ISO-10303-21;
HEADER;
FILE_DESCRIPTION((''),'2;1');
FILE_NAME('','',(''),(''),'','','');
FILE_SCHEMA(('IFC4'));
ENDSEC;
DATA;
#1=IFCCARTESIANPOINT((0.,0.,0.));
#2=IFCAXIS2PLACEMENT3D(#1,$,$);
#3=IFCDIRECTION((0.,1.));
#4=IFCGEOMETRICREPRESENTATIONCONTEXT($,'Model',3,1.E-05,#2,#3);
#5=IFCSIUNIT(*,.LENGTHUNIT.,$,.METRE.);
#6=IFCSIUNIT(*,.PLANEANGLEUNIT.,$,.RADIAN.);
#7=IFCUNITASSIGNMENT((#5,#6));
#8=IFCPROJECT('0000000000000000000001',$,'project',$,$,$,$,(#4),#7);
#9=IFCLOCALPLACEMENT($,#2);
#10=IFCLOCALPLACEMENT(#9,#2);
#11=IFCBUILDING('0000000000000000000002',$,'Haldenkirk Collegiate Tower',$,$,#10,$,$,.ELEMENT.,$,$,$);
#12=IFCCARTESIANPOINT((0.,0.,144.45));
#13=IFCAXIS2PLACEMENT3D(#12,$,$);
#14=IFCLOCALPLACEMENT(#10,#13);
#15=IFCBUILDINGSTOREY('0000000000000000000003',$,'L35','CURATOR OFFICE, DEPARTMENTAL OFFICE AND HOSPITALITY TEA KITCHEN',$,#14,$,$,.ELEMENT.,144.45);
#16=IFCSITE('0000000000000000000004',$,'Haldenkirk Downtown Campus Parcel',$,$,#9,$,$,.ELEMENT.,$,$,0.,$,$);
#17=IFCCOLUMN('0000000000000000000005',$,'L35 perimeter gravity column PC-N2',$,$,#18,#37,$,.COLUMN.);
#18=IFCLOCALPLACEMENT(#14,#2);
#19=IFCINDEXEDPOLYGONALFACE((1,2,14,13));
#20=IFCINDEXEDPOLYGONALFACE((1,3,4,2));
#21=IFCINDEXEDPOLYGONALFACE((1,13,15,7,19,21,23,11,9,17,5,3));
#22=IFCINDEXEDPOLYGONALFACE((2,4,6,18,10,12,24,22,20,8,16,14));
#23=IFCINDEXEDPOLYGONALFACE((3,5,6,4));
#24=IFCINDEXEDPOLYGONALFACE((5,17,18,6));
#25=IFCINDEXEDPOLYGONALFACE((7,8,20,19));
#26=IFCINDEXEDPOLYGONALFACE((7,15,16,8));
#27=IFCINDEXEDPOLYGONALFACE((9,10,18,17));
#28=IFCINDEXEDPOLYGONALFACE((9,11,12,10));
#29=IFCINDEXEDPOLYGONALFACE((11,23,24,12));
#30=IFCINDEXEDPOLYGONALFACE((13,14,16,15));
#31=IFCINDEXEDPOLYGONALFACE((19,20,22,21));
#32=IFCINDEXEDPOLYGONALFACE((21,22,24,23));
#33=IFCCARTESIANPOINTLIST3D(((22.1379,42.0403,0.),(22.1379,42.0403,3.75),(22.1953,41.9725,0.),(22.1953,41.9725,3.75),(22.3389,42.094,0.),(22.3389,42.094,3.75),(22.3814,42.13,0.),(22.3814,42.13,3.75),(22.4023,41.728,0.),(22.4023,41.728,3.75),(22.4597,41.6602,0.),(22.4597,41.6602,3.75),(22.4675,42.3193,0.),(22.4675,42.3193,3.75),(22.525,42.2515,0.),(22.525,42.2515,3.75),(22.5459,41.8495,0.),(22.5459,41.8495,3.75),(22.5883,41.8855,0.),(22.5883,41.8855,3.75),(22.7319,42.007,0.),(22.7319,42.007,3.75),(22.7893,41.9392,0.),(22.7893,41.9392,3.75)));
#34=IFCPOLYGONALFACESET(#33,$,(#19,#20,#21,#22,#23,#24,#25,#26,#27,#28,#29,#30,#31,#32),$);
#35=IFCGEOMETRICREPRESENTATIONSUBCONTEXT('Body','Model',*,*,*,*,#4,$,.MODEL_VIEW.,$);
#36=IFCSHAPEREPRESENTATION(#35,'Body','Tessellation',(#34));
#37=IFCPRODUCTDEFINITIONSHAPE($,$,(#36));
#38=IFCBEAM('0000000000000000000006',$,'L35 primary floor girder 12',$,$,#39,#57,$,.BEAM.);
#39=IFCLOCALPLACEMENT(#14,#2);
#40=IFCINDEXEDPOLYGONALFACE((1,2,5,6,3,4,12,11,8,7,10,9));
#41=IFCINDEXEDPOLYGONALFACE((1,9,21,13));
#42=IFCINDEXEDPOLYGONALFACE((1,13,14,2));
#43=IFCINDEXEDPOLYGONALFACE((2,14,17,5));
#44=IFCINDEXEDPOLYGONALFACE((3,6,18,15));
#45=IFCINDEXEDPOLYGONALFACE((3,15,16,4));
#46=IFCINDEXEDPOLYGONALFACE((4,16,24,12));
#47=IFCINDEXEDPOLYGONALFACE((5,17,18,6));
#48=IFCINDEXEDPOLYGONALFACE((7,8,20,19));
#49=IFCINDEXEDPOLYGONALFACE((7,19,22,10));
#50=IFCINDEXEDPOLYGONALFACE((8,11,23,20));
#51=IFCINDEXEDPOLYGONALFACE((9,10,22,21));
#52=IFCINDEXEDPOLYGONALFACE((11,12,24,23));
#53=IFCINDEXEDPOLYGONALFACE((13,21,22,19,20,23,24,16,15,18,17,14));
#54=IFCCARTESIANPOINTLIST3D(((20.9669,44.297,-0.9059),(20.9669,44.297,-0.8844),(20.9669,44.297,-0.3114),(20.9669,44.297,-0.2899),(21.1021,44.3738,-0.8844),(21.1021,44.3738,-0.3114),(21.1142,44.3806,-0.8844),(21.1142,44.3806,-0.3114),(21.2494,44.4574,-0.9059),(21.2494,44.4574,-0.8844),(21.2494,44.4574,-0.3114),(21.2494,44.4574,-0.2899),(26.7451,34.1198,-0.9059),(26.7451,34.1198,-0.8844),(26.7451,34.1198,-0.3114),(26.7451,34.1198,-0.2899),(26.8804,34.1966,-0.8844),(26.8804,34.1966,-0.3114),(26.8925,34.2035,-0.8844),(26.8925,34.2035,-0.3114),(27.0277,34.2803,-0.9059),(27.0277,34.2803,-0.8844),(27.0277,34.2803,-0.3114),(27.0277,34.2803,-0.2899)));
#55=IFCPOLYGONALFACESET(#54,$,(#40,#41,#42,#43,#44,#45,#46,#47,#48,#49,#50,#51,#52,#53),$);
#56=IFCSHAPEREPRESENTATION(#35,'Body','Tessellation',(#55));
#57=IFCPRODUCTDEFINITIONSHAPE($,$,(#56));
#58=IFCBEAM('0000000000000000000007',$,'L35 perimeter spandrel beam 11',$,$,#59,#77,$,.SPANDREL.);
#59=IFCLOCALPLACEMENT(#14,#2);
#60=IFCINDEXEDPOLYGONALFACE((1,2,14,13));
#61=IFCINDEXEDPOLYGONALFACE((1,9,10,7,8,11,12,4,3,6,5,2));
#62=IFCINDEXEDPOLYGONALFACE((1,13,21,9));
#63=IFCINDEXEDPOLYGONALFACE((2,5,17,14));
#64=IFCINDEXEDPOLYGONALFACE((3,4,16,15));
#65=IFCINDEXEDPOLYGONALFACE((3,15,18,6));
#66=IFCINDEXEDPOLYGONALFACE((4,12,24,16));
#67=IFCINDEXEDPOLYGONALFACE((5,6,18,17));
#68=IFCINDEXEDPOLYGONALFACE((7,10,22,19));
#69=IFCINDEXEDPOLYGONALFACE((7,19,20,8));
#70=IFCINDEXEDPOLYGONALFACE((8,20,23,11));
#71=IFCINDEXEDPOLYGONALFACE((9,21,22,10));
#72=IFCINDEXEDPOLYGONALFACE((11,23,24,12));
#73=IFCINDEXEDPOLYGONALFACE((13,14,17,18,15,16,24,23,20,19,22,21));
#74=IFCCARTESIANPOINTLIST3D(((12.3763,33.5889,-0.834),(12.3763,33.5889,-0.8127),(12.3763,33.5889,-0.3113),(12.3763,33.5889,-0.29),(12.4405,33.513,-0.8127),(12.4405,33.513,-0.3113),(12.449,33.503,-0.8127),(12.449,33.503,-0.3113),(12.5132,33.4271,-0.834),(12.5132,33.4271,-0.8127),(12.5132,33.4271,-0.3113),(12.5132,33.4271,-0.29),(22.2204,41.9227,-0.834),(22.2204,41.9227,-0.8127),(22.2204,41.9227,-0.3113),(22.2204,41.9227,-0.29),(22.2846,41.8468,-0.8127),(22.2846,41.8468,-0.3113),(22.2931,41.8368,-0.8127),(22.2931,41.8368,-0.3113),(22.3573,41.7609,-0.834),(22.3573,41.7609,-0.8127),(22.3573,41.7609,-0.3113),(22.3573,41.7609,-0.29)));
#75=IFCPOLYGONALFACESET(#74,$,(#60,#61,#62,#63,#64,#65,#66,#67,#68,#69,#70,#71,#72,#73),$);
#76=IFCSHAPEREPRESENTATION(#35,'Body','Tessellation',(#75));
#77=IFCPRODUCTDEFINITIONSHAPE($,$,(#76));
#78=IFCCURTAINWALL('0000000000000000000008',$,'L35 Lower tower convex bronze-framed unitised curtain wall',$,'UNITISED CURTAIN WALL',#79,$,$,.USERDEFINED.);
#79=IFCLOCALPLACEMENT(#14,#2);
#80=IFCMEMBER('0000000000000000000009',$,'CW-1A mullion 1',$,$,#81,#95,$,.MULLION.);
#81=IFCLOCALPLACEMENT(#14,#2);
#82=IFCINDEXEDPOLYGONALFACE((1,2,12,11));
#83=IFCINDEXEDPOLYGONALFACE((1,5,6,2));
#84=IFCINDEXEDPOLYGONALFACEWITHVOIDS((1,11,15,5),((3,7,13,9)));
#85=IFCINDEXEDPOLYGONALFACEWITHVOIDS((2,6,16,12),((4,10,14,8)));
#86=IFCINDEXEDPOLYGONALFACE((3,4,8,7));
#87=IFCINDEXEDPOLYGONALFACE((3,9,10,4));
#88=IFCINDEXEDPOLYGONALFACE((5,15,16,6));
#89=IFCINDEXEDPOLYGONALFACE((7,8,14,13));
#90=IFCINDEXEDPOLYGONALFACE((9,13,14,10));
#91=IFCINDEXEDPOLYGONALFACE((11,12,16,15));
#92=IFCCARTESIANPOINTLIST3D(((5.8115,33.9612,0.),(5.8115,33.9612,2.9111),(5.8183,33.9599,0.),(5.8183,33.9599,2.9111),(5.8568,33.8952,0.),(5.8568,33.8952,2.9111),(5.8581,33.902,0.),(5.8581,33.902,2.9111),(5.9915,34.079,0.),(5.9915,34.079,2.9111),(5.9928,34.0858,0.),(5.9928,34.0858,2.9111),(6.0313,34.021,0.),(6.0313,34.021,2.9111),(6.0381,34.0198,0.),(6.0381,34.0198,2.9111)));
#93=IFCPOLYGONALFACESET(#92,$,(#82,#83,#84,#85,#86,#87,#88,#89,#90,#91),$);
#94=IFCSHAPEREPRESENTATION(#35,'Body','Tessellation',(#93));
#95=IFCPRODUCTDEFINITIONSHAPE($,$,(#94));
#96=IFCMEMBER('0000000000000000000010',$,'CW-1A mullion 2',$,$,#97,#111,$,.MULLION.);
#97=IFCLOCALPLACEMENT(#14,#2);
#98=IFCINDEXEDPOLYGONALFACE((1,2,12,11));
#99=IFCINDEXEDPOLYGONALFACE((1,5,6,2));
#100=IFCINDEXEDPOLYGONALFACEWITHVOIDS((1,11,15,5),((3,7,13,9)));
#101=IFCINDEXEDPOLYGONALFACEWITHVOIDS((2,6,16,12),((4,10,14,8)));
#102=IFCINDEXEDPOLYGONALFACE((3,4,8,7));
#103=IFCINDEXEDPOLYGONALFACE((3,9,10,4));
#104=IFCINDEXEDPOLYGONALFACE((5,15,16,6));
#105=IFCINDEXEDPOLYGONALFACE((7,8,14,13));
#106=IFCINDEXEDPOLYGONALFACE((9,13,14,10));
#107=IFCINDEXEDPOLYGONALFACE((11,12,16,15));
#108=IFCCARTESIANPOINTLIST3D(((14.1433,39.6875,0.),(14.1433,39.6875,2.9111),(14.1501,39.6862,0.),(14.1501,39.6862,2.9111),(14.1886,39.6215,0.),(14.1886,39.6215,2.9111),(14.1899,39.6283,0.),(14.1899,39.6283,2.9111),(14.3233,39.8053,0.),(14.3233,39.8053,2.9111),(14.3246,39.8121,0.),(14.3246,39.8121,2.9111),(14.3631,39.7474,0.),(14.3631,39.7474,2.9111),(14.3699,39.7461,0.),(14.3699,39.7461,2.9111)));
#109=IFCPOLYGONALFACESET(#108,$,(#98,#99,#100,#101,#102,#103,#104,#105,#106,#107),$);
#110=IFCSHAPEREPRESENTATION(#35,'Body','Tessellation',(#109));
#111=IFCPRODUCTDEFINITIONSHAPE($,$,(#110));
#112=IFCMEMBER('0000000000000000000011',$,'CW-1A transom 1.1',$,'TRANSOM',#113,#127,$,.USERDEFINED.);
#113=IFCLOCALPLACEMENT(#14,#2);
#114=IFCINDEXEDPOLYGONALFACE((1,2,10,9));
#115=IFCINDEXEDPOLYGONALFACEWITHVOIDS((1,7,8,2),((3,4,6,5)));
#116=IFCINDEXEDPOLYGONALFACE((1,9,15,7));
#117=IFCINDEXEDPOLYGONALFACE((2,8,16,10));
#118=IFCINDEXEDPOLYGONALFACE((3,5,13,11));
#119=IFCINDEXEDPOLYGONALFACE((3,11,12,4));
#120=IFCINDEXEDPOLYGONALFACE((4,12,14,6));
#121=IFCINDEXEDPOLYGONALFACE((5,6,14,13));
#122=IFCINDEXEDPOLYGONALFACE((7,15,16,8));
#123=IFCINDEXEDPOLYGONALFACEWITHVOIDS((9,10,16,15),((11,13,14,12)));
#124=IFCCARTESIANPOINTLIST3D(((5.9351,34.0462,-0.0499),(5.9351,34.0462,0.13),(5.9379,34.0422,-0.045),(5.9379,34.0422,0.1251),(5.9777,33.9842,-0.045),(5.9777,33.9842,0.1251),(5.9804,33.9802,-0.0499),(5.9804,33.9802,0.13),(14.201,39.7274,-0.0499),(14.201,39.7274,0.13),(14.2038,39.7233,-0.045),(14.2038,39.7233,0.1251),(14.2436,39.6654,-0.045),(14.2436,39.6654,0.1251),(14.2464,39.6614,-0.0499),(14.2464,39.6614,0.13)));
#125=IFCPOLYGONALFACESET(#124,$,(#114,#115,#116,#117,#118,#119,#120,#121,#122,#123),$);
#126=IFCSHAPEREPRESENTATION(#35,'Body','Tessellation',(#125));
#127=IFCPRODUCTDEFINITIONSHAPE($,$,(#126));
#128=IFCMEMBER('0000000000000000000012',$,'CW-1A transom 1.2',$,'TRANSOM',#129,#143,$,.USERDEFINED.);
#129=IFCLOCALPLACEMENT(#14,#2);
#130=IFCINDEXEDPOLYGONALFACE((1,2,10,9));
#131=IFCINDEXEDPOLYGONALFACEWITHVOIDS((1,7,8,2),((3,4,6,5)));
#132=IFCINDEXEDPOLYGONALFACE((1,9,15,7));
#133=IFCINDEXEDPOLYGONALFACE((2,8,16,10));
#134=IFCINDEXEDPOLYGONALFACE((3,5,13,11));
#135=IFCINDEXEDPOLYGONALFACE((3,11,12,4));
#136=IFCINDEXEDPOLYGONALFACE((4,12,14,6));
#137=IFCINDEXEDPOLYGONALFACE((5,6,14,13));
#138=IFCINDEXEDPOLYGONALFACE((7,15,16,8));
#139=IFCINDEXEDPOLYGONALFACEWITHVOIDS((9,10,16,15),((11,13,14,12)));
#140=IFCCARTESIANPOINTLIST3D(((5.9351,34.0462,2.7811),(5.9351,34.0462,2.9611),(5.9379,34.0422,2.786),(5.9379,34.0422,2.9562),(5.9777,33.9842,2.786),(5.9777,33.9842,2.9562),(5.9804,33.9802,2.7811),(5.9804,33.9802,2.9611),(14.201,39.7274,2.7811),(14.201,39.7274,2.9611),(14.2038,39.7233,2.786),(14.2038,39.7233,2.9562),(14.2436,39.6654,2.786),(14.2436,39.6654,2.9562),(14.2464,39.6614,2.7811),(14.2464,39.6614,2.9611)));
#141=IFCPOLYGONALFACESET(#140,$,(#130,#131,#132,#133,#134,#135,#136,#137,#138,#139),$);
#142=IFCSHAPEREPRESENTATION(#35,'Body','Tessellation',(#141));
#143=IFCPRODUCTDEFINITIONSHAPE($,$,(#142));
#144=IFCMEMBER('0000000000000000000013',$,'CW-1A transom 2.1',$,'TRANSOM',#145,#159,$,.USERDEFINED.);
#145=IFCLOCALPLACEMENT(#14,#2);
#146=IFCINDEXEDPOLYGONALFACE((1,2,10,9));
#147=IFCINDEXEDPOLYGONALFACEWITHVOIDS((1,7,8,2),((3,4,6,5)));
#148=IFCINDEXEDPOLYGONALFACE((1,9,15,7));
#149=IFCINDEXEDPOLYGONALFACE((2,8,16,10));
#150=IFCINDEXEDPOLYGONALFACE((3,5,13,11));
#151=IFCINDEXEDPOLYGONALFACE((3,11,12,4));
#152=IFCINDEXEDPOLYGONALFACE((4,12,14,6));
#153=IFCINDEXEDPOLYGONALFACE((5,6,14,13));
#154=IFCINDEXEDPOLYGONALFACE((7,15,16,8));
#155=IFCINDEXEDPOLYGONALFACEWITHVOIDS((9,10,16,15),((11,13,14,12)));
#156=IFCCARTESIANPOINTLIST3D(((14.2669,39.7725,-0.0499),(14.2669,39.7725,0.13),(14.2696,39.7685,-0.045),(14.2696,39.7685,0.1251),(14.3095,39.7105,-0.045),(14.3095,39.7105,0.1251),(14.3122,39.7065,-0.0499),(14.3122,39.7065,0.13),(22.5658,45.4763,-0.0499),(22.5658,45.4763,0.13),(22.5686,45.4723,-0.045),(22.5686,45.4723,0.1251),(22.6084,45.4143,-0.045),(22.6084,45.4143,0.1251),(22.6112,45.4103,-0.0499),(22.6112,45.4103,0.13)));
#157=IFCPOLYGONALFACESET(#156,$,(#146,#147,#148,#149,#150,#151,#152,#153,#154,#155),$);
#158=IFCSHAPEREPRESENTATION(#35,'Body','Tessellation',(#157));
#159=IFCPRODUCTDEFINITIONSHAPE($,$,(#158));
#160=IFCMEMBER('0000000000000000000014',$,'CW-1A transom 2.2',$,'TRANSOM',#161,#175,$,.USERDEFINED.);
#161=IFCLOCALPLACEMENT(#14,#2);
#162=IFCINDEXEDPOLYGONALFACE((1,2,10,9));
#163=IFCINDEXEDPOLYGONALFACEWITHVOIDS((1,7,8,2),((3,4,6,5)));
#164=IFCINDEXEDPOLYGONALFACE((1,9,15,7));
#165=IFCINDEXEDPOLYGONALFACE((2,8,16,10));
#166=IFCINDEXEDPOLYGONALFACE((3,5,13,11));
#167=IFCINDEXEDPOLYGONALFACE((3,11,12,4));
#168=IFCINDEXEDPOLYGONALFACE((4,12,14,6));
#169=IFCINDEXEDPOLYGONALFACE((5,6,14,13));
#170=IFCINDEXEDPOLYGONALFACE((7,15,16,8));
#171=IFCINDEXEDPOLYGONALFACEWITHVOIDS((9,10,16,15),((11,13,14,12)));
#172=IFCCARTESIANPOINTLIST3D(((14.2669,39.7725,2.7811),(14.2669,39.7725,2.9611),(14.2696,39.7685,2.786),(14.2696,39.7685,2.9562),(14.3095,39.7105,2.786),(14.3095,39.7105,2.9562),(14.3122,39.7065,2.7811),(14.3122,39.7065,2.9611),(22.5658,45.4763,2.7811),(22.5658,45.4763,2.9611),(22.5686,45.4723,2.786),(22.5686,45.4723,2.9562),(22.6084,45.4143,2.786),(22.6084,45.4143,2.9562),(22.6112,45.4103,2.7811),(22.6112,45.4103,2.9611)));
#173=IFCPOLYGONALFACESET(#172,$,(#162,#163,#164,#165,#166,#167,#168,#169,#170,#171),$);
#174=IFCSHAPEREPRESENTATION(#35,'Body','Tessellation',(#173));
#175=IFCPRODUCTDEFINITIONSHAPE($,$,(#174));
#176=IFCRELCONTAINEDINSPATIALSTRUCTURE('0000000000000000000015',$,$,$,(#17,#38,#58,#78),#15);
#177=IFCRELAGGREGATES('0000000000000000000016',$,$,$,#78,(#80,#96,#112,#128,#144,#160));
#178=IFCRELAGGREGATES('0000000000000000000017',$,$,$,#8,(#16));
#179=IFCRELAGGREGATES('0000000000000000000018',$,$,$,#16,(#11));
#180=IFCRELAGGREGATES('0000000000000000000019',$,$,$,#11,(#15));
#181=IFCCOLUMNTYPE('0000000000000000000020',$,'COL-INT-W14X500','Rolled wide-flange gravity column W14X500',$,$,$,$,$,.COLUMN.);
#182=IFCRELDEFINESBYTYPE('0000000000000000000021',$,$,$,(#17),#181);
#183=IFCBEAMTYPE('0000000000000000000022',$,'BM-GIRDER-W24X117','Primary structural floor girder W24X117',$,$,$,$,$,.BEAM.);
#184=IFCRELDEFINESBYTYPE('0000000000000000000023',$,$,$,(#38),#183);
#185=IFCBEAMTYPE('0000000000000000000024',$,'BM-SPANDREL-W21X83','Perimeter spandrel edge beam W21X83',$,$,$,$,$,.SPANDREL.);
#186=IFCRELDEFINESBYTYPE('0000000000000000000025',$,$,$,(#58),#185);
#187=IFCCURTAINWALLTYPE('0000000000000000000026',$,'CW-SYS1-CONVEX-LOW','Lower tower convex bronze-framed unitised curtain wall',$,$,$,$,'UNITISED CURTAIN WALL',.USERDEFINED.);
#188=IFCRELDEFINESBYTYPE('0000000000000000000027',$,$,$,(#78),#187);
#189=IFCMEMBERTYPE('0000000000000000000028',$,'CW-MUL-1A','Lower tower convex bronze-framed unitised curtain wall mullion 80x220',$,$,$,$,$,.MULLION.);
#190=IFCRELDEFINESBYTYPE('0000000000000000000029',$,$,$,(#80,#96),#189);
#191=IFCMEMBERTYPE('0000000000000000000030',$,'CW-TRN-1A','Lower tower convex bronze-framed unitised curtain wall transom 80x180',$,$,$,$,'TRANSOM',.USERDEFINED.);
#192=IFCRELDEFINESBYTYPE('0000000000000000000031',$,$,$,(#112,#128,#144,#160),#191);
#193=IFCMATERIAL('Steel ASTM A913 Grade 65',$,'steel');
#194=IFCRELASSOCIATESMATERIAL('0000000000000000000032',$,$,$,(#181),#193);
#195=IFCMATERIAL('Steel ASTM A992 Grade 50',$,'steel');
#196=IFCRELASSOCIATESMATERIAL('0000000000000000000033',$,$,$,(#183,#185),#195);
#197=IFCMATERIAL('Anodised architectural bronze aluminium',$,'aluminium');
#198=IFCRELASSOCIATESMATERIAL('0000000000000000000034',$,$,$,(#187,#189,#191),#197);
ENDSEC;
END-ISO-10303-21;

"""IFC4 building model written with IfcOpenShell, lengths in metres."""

from ifc_helpers import new_model, si_unit, direction, frame, origin, origin_2d, place, context, subcontext, project, spatial, hollow_rectangle, i_section, extrude, material, material_profile, profile_set, type_object, element, aggregate, save


model = new_model("IFC4")

# Units and contexts
model_context = context("Model", 3, precision=1e-05, world=origin(), true_north=direction((0.0, 1.0)))
body_context = subcontext(model_context, "Body", "Model", "MODEL_VIEW")
ifc_project = project(units=[si_unit("LENGTHUNIT", "METRE"), si_unit("PLANEANGLEUNIT", "RADIAN")], contexts=[model_context])

# Site, building, storey
site_placement = place(None, origin())
site = spatial("IfcSite", under=ifc_project, at=site_placement, Name="Haldenkirk Downtown Campus Parcel", CompositionType="ELEMENT", RefElevation=0.0)
building_placement = place(site_placement, origin())
building = spatial("IfcBuilding", under=site, at=building_placement, Name="Haldenkirk Collegiate Tower", CompositionType="ELEMENT")
storey_placement = place(building_placement, frame((0.0, 0.0, 144.45)))
storey = spatial("IfcBuildingStorey", under=building, at=storey_placement, Name="L35", Description="CURATOR OFFICE, DEPARTMENTAL OFFICE AND HOSPITALITY TEA KITCHEN", CompositionType="ELEMENT", Elevation=144.45)

# Column
ifc_material_1 = material(Name="Steel ASTM A913 Grade 65", Category="steel")
ifc_material_profile_1 = material_profile(ifc_material_1, i_section(OverallWidth=0.4319, OverallDepth=0.498, WebThickness=0.0557, FlangeThickness=0.0889, at=origin_2d()), Name="W14X500")
ifc_profile_set_1 = profile_set([ifc_material_profile_1], Name="Steel ASTM A913 Grade 65")
column_type = type_object("IfcColumnType", Name="COL-INT-W14X500", Description="Rolled wide-flange gravity column W14X500", PredefinedType="COLUMN", material=ifc_profile_set_1)
column_placement = place(storey_placement, frame((22.4636, 41.9897, 0.0), z_axis=(0.0, 0.0, 1.0), x_axis=(0.763232, 0.646124, 0.0)))
element("IfcColumn", 1, at=column_placement, inside=storey, type_object=column_type, Name="L35 perimeter gravity column PC-N2", PredefinedType="COLUMN", context=body_context, shape_type="SweptSolid", body=[
    extrude(i_section(OverallWidth=0.4319, OverallDepth=0.498, WebThickness=0.0557, FlangeThickness=0.0889, at=origin_2d()), origin(), (0.0, 0.0, 1.0), 3.75),
])

# Beams
ifc_material_2 = material(Name="Steel ASTM A992 Grade 50", Category="steel")
ifc_material_profile_2 = material_profile(ifc_material_2, i_section(OverallWidth=0.325, OverallDepth=0.616, WebThickness=0.0139, FlangeThickness=0.0215, at=origin_2d()), Name="W24X117")
ifc_profile_set_2 = profile_set([ifc_material_profile_2], Name="Steel ASTM A992 Grade 50")
beam_type_1 = type_object("IfcBeamType", Name="BM-GIRDER-W24X117", Description="Primary structural floor girder W24X117", PredefinedType="BEAM", material=ifc_profile_set_2)
beam_1_placement = place(storey_placement, frame((21.1082, 44.3772, -0.5979), z_axis=(0.493738, -0.869611, 0.0), x_axis=(0.869611, 0.493738, 0.0)))
element("IfcBeam", 2, at=beam_1_placement, inside=storey, type_object=beam_type_1, Name="L35 primary floor girder 12", PredefinedType="BEAM", context=body_context, shape_type="SweptSolid", body=[
    extrude(i_section(OverallWidth=0.325, OverallDepth=0.616, WebThickness=0.0139, FlangeThickness=0.0215, at=origin_2d()), origin(), (0.0, 0.0, 1.0), 11.7031),
])
ifc_material_profile_3 = material_profile(ifc_material_2, i_section(OverallWidth=0.2119, OverallDepth=0.5439, WebThickness=0.0132, FlangeThickness=0.0212, at=origin_2d()), Name="W21X83")
ifc_profile_set_3 = profile_set([ifc_material_profile_3], Name="Steel ASTM A992 Grade 50")
beam_type_2 = type_object("IfcBeamType", Name="BM-SPANDREL-W21X83", Description="Perimeter spandrel edge beam W21X83", PredefinedType="SPANDREL", material=ifc_profile_set_3)
beam_2_placement = place(storey_placement, frame((22.2888, 41.8418, -0.562), z_axis=(-0.763225, -0.646132, 0.0), x_axis=(0.646132, -0.763225, 0.0)))
element("IfcBeam", 3, at=beam_2_placement, inside=storey, type_object=beam_type_2, Name="L35 perimeter spandrel beam 11", PredefinedType="SPANDREL", context=body_context, shape_type="SweptSolid", body=[
    extrude(i_section(OverallWidth=0.2119, OverallDepth=0.5439, WebThickness=0.0132, FlangeThickness=0.0212, at=origin_2d()), origin(), (0.0, 0.0, 1.0), 12.8979),
])

# Curtain wall, members
ifc_material_3 = material(Name="Anodised architectural bronze aluminium", Category="aluminium")
curtain_wall_type = type_object("IfcCurtainWallType", Name="CW-SYS1-CONVEX-LOW", Description="Lower tower convex bronze-framed unitised curtain wall", ElementType="UNITISED CURTAIN WALL", PredefinedType="USERDEFINED", material=ifc_material_3)
curtain_wall_placement = place(storey_placement, origin())
curtain_wall = element("IfcCurtainWall", 4, at=curtain_wall_placement, inside=storey, type_object=curtain_wall_type, Name="L35 Lower tower convex bronze-framed unitised curtain wall", ObjectType="UNITISED CURTAIN WALL", PredefinedType="USERDEFINED")
ifc_material_profile_4 = material_profile(ifc_material_3, hollow_rectangle(XDim=0.0801, YDim=0.22, WallThickness=0.0049, at=origin_2d()), Name="CW-MUL-1A")
ifc_profile_set_4 = profile_set([ifc_material_profile_4], Name="Anodised architectural bronze aluminium")
member_type_1 = type_object("IfcMemberType", Name="CW-MUL-1A", Description="Lower tower convex bronze-framed unitised curtain wall mullion 80x220", PredefinedType="MULLION", material=ifc_profile_set_4)
member_1_placement = place(storey_placement, frame((5.9248, 33.9905, 0.0), z_axis=(0.0, 0.0, 1.0), x_axis=(-0.566405, 0.824127, 0.0)))
member_1 = element("IfcMember", 5, at=member_1_placement, type_object=member_type_1, Name="CW-1A mullion 1", PredefinedType="MULLION", context=body_context, shape_type="SweptSolid", body=[
    extrude(hollow_rectangle(XDim=0.0801, YDim=0.22, WallThickness=0.0049, at=origin_2d()), origin(), (0.0, 0.0, 1.0), 2.9111),
])
member_2_placement = place(storey_placement, frame((14.2566, 39.7168, 0.0), z_axis=(0.0, 0.0, 1.0), x_axis=(-0.566405, 0.824127, 0.0)))
member_2 = element("IfcMember", 6, at=member_2_placement, type_object=member_type_1, Name="CW-1A mullion 2", PredefinedType="MULLION", context=body_context, shape_type="SweptSolid", body=[
    extrude(hollow_rectangle(XDim=0.0801, YDim=0.22, WallThickness=0.0049, at=origin_2d()), origin(), (0.0, 0.0, 1.0), 2.9111),
])
ifc_material_profile_5 = material_profile(ifc_material_3, hollow_rectangle(XDim=0.0801, YDim=0.1799, WallThickness=0.0049, at=origin_2d()), Name="CW-TRN-1A")
ifc_profile_set_5 = profile_set([ifc_material_profile_5], Name="Anodised architectural bronze aluminium")
member_type_2 = type_object("IfcMemberType", Name="CW-TRN-1A", Description="Lower tower convex bronze-framed unitised curtain wall transom 80x180", ElementType="TRANSOM", PredefinedType="USERDEFINED", material=ifc_profile_set_5)
member_3_placement = place(storey_placement, frame((5.9578, 34.0132, 0.04), z_axis=(0.824118, 0.566418, 0.0), x_axis=(-0.566418, 0.824118, 0.0)))
member_3 = element("IfcMember", 7, at=member_3_placement, type_object=member_type_2, Name="CW-1A transom 1.1", ObjectType="TRANSOM", PredefinedType="USERDEFINED", context=body_context, shape_type="SweptSolid", body=[
    extrude(hollow_rectangle(XDim=0.0801, YDim=0.1799, WallThickness=0.0049, at=origin_2d()), origin(), (0.0, 0.0, 1.0), 10.03),
])
member_4_placement = place(storey_placement, frame((5.9578, 34.0132, 2.8711), z_axis=(0.824118, 0.566418, 0.0), x_axis=(-0.566418, 0.824118, 0.0)))
member_4 = element("IfcMember", 8, at=member_4_placement, type_object=member_type_2, Name="CW-1A transom 1.2", ObjectType="TRANSOM", PredefinedType="USERDEFINED", context=body_context, shape_type="SweptSolid", body=[
    extrude(hollow_rectangle(XDim=0.0801, YDim=0.1799, WallThickness=0.0049, at=origin_2d()), origin(), (0.0, 0.0, 1.0), 10.03),
])
member_5_placement = place(storey_placement, frame((14.2896, 39.7395, 0.04), z_axis=(0.824123, 0.56641, 0.0), x_axis=(-0.56641, 0.824123, 0.0)))
member_5 = element("IfcMember", 9, at=member_5_placement, type_object=member_type_2, Name="CW-1A transom 2.1", ObjectType="TRANSOM", PredefinedType="USERDEFINED", context=body_context, shape_type="SweptSolid", body=[
    extrude(hollow_rectangle(XDim=0.0801, YDim=0.1799, WallThickness=0.0049, at=origin_2d()), origin(), (0.0, 0.0, 1.0), 10.0701),
])
member_6_placement = place(storey_placement, frame((14.2896, 39.7395, 2.8711), z_axis=(0.824123, 0.56641, 0.0), x_axis=(-0.56641, 0.824123, 0.0)))
member_6 = element("IfcMember", 10, at=member_6_placement, type_object=member_type_2, Name="CW-1A transom 2.2", ObjectType="TRANSOM", PredefinedType="USERDEFINED", context=body_context, shape_type="SweptSolid", body=[
    extrude(hollow_rectangle(XDim=0.0801, YDim=0.1799, WallThickness=0.0049, at=origin_2d()), origin(), (0.0, 0.0, 1.0), 10.0701),
])
aggregate(curtain_wall, [member_1, member_2, member_3, member_4, member_5, member_6])

save(model, "model.ifc")
